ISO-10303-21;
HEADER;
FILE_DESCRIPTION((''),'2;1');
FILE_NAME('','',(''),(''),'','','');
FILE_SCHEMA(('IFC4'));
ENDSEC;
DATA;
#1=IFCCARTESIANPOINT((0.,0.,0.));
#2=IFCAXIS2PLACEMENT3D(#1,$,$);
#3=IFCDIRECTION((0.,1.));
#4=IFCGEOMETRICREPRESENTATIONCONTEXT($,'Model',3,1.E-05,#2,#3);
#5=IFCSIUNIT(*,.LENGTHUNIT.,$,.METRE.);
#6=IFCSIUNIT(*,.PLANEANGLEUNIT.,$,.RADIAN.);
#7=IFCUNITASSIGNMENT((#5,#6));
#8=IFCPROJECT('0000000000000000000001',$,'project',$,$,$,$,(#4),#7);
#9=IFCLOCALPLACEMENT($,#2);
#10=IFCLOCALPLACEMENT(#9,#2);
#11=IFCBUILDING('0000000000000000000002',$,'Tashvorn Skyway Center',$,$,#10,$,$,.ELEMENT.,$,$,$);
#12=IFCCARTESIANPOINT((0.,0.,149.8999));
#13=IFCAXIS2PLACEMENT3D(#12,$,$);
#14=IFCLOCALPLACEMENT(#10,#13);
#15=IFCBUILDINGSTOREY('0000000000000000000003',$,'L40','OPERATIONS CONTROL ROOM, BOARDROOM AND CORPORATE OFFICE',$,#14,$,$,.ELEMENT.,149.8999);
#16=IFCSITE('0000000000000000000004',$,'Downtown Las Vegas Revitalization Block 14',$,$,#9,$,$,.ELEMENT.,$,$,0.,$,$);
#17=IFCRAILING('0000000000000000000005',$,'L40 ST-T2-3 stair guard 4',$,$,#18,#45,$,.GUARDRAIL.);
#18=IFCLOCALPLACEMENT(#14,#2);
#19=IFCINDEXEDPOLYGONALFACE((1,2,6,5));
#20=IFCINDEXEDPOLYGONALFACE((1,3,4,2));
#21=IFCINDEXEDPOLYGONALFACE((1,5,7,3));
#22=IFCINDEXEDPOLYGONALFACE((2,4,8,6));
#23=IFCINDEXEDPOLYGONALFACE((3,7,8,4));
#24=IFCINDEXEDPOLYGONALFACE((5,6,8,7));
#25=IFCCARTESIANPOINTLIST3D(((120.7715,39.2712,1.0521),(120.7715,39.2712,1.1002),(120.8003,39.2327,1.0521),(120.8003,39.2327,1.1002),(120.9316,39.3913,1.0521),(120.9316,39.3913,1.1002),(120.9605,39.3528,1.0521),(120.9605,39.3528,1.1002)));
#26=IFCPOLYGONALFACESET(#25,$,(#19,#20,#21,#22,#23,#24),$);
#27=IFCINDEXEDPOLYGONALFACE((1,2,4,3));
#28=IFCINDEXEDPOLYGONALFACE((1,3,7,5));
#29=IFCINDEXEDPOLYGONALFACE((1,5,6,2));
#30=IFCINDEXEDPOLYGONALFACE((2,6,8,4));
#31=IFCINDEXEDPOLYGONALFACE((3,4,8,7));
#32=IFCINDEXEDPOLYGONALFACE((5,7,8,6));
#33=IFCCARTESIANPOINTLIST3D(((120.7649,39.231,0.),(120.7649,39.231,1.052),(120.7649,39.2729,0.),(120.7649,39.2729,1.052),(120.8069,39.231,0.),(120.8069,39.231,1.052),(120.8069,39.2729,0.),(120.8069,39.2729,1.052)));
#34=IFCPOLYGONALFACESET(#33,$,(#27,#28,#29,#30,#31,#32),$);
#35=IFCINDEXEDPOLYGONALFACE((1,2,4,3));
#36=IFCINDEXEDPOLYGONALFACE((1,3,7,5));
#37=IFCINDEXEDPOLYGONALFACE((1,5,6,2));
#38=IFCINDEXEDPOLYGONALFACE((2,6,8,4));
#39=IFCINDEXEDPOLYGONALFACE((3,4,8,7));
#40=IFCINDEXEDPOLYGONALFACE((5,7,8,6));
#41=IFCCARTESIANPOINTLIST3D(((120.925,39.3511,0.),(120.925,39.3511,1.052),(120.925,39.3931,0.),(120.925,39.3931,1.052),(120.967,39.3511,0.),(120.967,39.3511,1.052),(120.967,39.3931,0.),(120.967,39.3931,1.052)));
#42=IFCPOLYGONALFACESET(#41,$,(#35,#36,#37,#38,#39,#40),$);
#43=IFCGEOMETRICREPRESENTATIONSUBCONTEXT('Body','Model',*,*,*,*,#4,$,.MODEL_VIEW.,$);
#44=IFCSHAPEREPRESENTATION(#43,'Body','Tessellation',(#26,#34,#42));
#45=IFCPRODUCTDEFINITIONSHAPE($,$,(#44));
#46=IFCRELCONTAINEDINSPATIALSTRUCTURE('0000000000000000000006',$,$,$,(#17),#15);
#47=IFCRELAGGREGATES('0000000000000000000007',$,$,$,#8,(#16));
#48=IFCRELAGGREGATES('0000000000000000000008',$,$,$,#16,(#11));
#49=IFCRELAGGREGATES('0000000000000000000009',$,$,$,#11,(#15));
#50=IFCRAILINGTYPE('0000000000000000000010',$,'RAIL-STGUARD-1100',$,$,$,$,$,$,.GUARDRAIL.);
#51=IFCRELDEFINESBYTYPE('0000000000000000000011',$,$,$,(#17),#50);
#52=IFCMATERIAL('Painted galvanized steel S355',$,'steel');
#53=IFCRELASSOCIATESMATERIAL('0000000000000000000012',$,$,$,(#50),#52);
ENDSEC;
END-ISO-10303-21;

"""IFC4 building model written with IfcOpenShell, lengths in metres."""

from ifc_helpers import new_model, si_unit, direction, frame, origin, origin_2d, place, context, subcontext, project, spatial, rectangle, extrude, material, type_object, element, save


model = new_model("IFC4")

# Units and contexts
model_context = context("Model", 3, precision=1e-05, world=origin(), true_north=direction((0.0, 1.0)))
body_context = subcontext(model_context, "Body", "Model", "MODEL_VIEW")
ifc_project = project(units=[si_unit("LENGTHUNIT", "METRE"), si_unit("PLANEANGLEUNIT", "RADIAN")], contexts=[model_context])

# Site, building, storey
site_placement = place(None, origin())
site = spatial("IfcSite", under=ifc_project, at=site_placement, Name="Downtown Las Vegas Revitalization Block 14", CompositionType="ELEMENT", RefElevation=0.0)
building_placement = place(site_placement, origin())
building = spatial("IfcBuilding", under=site, at=building_placement, Name="Tashvorn Skyway Center", CompositionType="ELEMENT")
storey_placement = place(building_placement, frame((0.0, 0.0, 149.8999)))
storey = spatial("IfcBuildingStorey", under=building, at=storey_placement, Name="L40", Description="OPERATIONS CONTROL ROOM, BOARDROOM AND CORPORATE OFFICE", CompositionType="ELEMENT", Elevation=149.8999)

# Railing
ifc_material_1 = material(Name="Painted galvanized steel S355", Category="steel")
railing_type_1 = type_object("IfcRailingType", Name="RAIL-STGUARD-1100", PredefinedType="GUARDRAIL", material=ifc_material_1)
railing_1_placement = place(storey_placement, frame((120.7859, 39.252, 0.0)))
element("IfcRailing", 1, at=railing_1_placement, inside=storey, type_object=railing_type_1, Name="L40 ST-T2-3 stair guard 4", PredefinedType="GUARDRAIL", context=body_context, shape_type="SweptSolid", body=[
    extrude(rectangle(XDim=0.0481, YDim=0.0481, at=origin_2d()), frame((0.0, 0.0, 1.0762), z_axis=(0.8, 0.6, 0.0), x_axis=(-0.6, 0.8, 0.0)), (0.0, 0.0, 1.0), 0.2002),
    extrude(rectangle(XDim=0.042, YDim=0.042, at=origin_2d()), origin(), (0.0, 0.0, 1.0), 1.052),
    extrude(rectangle(XDim=0.042, YDim=0.042, at=origin_2d()), frame((0.1602, 0.1201, 0.0)), (0.0, 0.0, 1.0), 1.052),
])

save(model, "model.ifc")
